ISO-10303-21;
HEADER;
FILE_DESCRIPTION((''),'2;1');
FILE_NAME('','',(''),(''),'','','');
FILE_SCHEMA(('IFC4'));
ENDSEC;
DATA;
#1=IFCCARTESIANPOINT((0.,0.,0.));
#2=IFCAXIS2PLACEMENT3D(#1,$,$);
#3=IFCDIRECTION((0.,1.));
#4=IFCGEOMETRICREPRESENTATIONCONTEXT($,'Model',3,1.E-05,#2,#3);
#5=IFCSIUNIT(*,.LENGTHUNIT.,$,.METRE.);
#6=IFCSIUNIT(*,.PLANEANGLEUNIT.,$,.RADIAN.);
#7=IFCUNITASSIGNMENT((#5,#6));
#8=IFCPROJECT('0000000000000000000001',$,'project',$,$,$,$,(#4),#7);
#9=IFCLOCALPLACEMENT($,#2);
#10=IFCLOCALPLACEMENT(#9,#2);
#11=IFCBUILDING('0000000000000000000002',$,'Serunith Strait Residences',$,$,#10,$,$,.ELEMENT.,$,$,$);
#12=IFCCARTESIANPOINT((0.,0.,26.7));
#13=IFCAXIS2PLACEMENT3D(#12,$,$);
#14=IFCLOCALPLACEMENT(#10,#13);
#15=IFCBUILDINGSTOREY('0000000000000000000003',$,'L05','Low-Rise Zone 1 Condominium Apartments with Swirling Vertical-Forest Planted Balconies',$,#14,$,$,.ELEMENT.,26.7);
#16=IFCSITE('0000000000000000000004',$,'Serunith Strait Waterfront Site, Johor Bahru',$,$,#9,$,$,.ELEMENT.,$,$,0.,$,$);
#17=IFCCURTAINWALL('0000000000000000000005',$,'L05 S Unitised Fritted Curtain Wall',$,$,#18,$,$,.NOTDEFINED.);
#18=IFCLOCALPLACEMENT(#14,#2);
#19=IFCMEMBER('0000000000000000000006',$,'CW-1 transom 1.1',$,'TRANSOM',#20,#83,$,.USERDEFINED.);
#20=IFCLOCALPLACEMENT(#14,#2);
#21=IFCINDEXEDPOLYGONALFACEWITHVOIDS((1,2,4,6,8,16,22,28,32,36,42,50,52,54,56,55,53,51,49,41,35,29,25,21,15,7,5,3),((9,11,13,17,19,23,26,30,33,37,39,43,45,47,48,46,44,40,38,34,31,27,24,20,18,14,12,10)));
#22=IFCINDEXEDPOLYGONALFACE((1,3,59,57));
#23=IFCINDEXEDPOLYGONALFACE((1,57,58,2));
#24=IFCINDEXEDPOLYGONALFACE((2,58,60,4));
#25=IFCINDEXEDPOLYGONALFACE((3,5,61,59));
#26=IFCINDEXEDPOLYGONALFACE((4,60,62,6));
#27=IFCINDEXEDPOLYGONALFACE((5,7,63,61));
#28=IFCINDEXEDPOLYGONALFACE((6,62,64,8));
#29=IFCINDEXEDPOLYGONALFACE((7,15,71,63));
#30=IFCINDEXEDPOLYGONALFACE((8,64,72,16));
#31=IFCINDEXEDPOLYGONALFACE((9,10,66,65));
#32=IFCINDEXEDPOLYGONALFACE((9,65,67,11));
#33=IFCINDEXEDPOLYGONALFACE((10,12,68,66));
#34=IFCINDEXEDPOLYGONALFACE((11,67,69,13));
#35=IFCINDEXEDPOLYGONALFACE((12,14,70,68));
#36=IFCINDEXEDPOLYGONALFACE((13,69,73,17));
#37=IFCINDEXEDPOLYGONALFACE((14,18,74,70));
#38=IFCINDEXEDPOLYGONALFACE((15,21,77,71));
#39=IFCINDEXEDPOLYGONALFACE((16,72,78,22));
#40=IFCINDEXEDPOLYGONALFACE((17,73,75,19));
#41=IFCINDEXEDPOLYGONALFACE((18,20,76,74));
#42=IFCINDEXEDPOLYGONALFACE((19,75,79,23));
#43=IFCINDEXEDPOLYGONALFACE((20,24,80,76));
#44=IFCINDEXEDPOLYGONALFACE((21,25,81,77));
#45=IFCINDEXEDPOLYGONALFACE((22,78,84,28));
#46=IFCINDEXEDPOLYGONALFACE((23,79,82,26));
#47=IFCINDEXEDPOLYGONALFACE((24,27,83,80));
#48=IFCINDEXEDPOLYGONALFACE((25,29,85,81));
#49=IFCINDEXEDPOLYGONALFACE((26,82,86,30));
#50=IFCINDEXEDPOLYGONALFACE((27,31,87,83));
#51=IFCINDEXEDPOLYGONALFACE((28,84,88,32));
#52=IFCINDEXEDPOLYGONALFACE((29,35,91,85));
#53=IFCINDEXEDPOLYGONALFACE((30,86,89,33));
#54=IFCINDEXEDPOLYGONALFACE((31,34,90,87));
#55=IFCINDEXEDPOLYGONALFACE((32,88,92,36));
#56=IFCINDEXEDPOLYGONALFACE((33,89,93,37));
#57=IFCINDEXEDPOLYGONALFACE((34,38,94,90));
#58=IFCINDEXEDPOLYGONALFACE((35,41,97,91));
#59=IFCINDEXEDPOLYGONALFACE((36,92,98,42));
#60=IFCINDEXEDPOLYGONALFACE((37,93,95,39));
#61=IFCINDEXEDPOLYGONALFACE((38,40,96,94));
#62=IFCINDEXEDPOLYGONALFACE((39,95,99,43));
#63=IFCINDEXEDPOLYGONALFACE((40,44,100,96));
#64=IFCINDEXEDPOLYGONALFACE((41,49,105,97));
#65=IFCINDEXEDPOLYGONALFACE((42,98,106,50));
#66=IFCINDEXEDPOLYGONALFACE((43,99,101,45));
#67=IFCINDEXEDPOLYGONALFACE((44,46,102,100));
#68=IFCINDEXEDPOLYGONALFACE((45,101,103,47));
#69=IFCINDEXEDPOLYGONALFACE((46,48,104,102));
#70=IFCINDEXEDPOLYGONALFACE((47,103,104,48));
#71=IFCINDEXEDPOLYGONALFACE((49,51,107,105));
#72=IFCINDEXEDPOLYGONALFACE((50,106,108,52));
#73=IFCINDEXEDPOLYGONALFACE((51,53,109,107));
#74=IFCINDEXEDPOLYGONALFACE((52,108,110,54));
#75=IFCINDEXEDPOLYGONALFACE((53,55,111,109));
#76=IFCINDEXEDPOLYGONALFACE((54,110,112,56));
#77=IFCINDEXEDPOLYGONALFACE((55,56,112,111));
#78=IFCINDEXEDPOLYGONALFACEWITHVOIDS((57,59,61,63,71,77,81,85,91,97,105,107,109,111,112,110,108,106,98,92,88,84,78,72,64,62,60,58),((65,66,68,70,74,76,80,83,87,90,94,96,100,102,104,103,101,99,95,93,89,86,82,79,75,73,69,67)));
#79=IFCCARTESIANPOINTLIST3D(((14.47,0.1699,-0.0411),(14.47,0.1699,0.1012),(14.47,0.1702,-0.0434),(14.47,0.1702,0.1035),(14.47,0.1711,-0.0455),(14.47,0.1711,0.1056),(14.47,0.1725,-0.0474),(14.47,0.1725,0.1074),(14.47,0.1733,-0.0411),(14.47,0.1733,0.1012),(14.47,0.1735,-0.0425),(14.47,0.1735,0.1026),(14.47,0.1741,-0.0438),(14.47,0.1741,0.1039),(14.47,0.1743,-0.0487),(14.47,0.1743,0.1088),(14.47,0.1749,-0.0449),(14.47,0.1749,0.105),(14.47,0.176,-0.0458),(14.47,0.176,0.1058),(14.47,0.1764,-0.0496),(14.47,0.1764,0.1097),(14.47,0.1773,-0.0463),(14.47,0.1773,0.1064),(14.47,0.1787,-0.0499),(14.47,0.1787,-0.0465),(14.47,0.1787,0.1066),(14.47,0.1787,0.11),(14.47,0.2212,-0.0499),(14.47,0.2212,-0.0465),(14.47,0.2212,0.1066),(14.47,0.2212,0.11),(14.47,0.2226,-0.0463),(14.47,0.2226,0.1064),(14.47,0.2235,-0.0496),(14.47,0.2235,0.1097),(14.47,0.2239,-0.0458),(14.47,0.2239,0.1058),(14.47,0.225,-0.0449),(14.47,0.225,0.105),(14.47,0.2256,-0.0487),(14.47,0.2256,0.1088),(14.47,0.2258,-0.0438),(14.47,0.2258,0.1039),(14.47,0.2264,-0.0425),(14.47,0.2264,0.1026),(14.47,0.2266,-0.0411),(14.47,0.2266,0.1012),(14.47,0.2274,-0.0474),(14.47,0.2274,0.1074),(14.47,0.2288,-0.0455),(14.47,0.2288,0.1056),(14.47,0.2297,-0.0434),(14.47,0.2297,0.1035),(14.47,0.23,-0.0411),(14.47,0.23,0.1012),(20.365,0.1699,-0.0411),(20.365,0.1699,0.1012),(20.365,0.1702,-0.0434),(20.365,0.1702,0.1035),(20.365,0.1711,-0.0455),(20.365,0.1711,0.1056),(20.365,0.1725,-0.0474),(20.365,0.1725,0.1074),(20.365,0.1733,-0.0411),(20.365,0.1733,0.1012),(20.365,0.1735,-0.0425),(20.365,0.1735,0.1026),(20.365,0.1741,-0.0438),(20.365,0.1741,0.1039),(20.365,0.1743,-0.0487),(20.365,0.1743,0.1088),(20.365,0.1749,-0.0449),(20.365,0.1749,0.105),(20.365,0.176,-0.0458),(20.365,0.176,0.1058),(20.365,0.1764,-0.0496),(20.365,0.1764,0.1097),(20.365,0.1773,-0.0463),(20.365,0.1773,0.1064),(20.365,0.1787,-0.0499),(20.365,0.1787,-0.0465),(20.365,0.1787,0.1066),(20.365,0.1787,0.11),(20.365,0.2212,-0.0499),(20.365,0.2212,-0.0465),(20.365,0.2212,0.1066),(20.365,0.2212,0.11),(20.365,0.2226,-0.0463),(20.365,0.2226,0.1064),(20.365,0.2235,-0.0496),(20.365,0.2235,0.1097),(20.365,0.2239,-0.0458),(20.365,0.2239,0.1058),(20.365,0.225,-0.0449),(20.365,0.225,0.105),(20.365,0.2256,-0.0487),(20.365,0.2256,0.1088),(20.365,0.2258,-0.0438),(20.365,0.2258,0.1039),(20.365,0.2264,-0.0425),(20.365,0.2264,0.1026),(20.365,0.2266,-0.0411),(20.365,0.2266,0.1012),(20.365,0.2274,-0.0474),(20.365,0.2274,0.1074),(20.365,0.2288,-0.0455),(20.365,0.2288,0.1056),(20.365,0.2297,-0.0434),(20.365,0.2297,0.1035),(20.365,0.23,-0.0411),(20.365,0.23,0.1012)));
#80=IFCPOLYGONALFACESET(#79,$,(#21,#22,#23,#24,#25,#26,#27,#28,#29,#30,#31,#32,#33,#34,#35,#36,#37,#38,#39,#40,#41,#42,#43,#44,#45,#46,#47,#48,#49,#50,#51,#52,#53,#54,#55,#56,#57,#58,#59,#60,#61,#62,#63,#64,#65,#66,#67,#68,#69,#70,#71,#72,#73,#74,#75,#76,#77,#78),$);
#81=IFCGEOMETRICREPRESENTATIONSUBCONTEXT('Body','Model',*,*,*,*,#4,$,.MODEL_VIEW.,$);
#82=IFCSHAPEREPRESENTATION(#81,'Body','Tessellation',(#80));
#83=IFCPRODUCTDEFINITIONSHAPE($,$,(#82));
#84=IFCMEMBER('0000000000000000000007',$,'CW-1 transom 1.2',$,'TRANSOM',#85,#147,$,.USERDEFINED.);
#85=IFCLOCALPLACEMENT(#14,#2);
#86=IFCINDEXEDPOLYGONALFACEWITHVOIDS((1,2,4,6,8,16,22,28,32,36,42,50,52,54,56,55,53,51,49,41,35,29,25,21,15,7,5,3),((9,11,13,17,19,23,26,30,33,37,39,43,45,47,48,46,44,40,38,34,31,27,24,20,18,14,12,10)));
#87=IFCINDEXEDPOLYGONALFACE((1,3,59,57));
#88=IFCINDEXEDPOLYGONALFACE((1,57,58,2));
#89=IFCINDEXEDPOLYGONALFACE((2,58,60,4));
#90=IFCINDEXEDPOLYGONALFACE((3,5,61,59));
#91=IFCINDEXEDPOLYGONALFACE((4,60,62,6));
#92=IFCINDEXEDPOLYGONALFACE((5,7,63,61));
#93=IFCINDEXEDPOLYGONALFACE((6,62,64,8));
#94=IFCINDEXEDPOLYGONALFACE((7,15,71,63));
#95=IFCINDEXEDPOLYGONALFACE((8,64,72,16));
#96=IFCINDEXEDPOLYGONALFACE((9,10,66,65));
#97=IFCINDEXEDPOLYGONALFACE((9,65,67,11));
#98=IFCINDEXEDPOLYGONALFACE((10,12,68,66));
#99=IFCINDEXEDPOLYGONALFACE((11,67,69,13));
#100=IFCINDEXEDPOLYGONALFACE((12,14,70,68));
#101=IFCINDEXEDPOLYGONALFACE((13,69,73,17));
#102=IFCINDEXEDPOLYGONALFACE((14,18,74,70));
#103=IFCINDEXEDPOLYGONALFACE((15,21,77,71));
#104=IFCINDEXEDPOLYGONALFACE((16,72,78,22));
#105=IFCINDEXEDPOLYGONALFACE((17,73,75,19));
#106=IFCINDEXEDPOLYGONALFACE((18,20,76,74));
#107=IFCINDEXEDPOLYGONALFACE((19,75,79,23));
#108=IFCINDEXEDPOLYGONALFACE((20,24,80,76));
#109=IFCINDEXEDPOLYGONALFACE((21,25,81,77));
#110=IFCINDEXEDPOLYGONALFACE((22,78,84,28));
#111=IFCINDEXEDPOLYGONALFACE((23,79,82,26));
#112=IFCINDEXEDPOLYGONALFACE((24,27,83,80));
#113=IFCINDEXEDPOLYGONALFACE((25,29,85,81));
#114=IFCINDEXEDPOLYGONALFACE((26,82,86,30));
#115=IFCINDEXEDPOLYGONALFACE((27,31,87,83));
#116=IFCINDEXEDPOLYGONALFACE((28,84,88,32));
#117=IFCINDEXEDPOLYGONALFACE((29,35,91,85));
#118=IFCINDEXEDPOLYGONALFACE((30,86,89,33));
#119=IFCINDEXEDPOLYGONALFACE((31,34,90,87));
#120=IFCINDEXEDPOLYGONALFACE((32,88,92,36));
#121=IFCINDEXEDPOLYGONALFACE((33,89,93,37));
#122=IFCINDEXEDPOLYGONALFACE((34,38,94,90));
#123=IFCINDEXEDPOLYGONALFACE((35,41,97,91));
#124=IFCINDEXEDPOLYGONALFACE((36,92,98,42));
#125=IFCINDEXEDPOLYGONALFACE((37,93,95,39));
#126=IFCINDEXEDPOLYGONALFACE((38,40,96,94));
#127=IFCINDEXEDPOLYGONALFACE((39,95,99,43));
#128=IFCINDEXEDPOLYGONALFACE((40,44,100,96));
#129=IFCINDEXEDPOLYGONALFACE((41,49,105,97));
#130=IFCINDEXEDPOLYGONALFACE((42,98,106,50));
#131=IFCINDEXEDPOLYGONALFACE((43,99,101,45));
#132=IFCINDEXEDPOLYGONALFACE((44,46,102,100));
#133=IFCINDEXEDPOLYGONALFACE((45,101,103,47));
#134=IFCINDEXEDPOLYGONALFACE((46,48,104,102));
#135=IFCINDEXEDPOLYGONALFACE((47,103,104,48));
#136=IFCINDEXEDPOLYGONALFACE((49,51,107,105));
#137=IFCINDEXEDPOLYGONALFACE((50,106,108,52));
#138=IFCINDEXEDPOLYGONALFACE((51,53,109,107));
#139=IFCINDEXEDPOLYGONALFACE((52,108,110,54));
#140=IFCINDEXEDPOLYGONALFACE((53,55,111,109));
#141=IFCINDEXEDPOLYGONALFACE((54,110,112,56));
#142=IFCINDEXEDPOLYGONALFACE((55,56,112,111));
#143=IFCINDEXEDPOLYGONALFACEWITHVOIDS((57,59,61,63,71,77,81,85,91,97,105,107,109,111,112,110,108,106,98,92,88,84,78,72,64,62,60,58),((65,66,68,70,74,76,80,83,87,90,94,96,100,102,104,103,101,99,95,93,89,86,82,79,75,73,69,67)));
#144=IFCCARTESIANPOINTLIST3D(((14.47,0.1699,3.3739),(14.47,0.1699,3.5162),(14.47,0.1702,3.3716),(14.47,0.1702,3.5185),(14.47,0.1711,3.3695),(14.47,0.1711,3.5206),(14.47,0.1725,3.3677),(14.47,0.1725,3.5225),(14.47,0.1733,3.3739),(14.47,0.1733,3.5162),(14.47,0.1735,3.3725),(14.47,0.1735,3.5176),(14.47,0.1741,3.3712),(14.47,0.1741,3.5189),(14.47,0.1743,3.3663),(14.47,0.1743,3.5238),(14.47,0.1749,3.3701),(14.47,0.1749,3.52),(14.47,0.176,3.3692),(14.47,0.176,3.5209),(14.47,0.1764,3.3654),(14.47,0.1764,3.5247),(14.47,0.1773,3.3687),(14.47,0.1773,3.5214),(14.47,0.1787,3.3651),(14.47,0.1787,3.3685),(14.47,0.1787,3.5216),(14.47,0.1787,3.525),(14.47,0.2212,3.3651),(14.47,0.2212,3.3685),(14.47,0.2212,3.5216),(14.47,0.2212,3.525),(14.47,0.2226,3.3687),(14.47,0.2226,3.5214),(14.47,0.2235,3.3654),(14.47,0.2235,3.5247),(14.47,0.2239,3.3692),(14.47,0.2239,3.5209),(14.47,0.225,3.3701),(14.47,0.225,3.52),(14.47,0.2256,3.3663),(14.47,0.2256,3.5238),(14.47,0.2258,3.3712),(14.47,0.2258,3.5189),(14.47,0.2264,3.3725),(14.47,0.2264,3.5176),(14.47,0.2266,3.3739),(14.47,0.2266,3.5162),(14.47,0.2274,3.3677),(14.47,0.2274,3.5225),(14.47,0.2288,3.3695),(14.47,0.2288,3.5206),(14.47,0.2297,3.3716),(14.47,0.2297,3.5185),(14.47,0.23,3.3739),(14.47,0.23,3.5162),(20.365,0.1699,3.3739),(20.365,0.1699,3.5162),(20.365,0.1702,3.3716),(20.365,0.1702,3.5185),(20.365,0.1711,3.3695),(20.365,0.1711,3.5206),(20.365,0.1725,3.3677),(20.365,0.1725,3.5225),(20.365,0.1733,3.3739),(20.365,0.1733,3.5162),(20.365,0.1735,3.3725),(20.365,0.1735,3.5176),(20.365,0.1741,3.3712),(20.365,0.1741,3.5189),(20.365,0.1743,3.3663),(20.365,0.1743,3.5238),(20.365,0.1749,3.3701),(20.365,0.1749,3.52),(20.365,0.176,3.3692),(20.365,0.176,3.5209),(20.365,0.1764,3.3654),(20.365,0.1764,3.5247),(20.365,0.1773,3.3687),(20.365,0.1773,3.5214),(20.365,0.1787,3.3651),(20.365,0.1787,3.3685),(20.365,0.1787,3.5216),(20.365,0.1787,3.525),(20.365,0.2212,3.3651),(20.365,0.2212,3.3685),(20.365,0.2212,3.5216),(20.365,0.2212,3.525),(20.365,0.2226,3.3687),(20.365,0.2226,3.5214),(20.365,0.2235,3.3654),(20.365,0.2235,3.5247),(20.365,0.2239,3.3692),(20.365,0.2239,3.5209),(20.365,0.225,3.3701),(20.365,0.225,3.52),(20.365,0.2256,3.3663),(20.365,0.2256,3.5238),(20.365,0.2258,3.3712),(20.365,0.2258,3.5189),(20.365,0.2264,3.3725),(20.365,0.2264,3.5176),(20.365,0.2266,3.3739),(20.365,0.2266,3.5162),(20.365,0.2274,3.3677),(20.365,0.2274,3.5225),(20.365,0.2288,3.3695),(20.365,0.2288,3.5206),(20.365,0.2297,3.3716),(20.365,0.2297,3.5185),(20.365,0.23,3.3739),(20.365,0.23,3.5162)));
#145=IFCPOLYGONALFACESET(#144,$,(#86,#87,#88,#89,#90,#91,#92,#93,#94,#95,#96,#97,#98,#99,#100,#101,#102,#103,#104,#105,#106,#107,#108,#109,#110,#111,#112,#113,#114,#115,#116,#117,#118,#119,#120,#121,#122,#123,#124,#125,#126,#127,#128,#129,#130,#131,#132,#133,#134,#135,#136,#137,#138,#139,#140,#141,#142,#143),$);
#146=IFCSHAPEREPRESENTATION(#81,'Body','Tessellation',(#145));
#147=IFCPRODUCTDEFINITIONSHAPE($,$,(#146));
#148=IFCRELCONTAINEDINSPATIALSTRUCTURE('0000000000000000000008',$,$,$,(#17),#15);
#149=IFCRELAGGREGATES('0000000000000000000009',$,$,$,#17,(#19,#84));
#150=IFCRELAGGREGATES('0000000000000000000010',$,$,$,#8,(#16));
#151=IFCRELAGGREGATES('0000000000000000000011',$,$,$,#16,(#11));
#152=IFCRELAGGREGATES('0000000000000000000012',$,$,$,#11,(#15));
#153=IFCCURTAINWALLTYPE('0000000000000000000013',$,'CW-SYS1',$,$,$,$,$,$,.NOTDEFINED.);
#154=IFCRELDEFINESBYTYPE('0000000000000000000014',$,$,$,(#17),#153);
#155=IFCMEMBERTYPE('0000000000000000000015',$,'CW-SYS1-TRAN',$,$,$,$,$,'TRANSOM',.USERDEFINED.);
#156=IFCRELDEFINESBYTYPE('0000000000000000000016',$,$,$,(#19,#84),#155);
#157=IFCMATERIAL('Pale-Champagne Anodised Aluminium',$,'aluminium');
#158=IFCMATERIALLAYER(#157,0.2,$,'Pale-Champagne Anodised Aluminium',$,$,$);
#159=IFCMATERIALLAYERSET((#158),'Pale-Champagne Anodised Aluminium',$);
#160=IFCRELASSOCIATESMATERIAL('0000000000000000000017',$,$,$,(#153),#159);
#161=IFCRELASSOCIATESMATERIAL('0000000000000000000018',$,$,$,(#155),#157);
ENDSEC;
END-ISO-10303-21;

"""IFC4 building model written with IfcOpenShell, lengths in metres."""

from ifc_helpers import new_model, si_unit, direction, frame, origin, origin_2d, place, context, subcontext, project, spatial, hollow_rectangle, extrude, source, transform, mapped, material, layer, layer_set, material_profile, profile_set, type_object, element, aggregate, save


model = new_model("IFC4")

# Units and contexts
model_context = context("Model", 3, precision=1e-05, world=origin(), true_north=direction((0.0, 1.0)))
body_context = subcontext(model_context, "Body", "Model", "MODEL_VIEW")
ifc_project = project(units=[si_unit("LENGTHUNIT", "METRE"), si_unit("PLANEANGLEUNIT", "RADIAN")], contexts=[model_context])

# Site, building, storey
site_placement = place(None, origin())
site = spatial("IfcSite", under=ifc_project, at=site_placement, Name="Serunith Strait Waterfront Site, Johor Bahru", CompositionType="ELEMENT", RefElevation=0.0)
building_placement = place(site_placement, origin())
building = spatial("IfcBuilding", under=site, at=building_placement, Name="Serunith Strait Residences", CompositionType="ELEMENT")
storey_placement = place(building_placement, frame((0.0, 0.0, 26.7)))
storey = spatial("IfcBuildingStorey", under=building, at=storey_placement, Name="L05", Description="Low-Rise Zone 1 Condominium Apartments with Swirling Vertical-Forest Planted Balconies", CompositionType="ELEMENT", Elevation=26.7)

# Curtain wall
ifc_material_1 = material(Name="Pale-Champagne Anodised Aluminium", Category="aluminium")
ifc_layer_1 = layer(ifc_material_1, 0.2, Name="Pale-Champagne Anodised Aluminium")
ifc_layer_set_1 = layer_set([ifc_layer_1], Name="Pale-Champagne Anodised Aluminium")
curtain_wall_type = type_object("IfcCurtainWallType", Name="CW-SYS1", PredefinedType="NOTDEFINED", material=ifc_layer_set_1)
curtain_wall_1_placement = place(storey_placement, origin())
curtain_wall_1 = element("IfcCurtainWall", 1, at=curtain_wall_1_placement, inside=storey, type_object=curtain_wall_type, Name="L05 S Unitised Fritted Curtain Wall", PredefinedType="NOTDEFINED")

# Members
ifc_material_profile_1 = material_profile(ifc_material_1, hollow_rectangle(XDim=0.0601, YDim=0.1599, WallThickness=0.0034, InnerFilletRadius=0.0054, OuterFilletRadius=0.0088, at=origin_2d()), Name="ALU 160x60x3.5")
ifc_profile_set_1 = profile_set([ifc_material_profile_1], Name="Pale-Champagne Anodised Aluminium")
member_type_1 = type_object("IfcMemberType", Name="CW-SYS1-TRAN", ElementType="TRANSOM", PredefinedType="USERDEFINED", material=ifc_profile_set_1)
shared_shape_1 = source(origin(), body_context, "Body", "SweptSolid", [
    extrude(hollow_rectangle(XDim=0.0601, YDim=0.1599, WallThickness=0.0034, InnerFilletRadius=0.0054, OuterFilletRadius=0.0088, at=origin_2d()), origin(), (0.0, 0.0, 1.0), 5.895),
])
member_1_placement = place(storey_placement, frame((14.47, 0.2, 0.03), z_axis=(1.0, 0.0, 0.0), x_axis=(0.0, 1.0, 0.0)))
member_1 = element("IfcMember", 2, at=member_1_placement, type_object=member_type_1, Name="CW-1 transom 1.1", ObjectType="TRANSOM", PredefinedType="USERDEFINED", context=body_context, shape_type="MappedRepresentation", body=[
    mapped(shared_shape_1, transform((0.0, 0.0, 0.0), scale=1.0)),
])
member_2_placement = place(storey_placement, frame((14.47, 0.2, 3.4451), z_axis=(1.0, 0.0, 0.0), x_axis=(0.0, 1.0, 0.0)))
member_2 = element("IfcMember", 3, at=member_2_placement, type_object=member_type_1, Name="CW-1 transom 1.2", ObjectType="TRANSOM", PredefinedType="USERDEFINED", context=body_context, shape_type="MappedRepresentation", body=[
    mapped(shared_shape_1, transform((0.0, 0.0, 0.0), scale=1.0)),
])
aggregate(curtain_wall_1, [member_1, member_2])

save(model, "model.ifc")
